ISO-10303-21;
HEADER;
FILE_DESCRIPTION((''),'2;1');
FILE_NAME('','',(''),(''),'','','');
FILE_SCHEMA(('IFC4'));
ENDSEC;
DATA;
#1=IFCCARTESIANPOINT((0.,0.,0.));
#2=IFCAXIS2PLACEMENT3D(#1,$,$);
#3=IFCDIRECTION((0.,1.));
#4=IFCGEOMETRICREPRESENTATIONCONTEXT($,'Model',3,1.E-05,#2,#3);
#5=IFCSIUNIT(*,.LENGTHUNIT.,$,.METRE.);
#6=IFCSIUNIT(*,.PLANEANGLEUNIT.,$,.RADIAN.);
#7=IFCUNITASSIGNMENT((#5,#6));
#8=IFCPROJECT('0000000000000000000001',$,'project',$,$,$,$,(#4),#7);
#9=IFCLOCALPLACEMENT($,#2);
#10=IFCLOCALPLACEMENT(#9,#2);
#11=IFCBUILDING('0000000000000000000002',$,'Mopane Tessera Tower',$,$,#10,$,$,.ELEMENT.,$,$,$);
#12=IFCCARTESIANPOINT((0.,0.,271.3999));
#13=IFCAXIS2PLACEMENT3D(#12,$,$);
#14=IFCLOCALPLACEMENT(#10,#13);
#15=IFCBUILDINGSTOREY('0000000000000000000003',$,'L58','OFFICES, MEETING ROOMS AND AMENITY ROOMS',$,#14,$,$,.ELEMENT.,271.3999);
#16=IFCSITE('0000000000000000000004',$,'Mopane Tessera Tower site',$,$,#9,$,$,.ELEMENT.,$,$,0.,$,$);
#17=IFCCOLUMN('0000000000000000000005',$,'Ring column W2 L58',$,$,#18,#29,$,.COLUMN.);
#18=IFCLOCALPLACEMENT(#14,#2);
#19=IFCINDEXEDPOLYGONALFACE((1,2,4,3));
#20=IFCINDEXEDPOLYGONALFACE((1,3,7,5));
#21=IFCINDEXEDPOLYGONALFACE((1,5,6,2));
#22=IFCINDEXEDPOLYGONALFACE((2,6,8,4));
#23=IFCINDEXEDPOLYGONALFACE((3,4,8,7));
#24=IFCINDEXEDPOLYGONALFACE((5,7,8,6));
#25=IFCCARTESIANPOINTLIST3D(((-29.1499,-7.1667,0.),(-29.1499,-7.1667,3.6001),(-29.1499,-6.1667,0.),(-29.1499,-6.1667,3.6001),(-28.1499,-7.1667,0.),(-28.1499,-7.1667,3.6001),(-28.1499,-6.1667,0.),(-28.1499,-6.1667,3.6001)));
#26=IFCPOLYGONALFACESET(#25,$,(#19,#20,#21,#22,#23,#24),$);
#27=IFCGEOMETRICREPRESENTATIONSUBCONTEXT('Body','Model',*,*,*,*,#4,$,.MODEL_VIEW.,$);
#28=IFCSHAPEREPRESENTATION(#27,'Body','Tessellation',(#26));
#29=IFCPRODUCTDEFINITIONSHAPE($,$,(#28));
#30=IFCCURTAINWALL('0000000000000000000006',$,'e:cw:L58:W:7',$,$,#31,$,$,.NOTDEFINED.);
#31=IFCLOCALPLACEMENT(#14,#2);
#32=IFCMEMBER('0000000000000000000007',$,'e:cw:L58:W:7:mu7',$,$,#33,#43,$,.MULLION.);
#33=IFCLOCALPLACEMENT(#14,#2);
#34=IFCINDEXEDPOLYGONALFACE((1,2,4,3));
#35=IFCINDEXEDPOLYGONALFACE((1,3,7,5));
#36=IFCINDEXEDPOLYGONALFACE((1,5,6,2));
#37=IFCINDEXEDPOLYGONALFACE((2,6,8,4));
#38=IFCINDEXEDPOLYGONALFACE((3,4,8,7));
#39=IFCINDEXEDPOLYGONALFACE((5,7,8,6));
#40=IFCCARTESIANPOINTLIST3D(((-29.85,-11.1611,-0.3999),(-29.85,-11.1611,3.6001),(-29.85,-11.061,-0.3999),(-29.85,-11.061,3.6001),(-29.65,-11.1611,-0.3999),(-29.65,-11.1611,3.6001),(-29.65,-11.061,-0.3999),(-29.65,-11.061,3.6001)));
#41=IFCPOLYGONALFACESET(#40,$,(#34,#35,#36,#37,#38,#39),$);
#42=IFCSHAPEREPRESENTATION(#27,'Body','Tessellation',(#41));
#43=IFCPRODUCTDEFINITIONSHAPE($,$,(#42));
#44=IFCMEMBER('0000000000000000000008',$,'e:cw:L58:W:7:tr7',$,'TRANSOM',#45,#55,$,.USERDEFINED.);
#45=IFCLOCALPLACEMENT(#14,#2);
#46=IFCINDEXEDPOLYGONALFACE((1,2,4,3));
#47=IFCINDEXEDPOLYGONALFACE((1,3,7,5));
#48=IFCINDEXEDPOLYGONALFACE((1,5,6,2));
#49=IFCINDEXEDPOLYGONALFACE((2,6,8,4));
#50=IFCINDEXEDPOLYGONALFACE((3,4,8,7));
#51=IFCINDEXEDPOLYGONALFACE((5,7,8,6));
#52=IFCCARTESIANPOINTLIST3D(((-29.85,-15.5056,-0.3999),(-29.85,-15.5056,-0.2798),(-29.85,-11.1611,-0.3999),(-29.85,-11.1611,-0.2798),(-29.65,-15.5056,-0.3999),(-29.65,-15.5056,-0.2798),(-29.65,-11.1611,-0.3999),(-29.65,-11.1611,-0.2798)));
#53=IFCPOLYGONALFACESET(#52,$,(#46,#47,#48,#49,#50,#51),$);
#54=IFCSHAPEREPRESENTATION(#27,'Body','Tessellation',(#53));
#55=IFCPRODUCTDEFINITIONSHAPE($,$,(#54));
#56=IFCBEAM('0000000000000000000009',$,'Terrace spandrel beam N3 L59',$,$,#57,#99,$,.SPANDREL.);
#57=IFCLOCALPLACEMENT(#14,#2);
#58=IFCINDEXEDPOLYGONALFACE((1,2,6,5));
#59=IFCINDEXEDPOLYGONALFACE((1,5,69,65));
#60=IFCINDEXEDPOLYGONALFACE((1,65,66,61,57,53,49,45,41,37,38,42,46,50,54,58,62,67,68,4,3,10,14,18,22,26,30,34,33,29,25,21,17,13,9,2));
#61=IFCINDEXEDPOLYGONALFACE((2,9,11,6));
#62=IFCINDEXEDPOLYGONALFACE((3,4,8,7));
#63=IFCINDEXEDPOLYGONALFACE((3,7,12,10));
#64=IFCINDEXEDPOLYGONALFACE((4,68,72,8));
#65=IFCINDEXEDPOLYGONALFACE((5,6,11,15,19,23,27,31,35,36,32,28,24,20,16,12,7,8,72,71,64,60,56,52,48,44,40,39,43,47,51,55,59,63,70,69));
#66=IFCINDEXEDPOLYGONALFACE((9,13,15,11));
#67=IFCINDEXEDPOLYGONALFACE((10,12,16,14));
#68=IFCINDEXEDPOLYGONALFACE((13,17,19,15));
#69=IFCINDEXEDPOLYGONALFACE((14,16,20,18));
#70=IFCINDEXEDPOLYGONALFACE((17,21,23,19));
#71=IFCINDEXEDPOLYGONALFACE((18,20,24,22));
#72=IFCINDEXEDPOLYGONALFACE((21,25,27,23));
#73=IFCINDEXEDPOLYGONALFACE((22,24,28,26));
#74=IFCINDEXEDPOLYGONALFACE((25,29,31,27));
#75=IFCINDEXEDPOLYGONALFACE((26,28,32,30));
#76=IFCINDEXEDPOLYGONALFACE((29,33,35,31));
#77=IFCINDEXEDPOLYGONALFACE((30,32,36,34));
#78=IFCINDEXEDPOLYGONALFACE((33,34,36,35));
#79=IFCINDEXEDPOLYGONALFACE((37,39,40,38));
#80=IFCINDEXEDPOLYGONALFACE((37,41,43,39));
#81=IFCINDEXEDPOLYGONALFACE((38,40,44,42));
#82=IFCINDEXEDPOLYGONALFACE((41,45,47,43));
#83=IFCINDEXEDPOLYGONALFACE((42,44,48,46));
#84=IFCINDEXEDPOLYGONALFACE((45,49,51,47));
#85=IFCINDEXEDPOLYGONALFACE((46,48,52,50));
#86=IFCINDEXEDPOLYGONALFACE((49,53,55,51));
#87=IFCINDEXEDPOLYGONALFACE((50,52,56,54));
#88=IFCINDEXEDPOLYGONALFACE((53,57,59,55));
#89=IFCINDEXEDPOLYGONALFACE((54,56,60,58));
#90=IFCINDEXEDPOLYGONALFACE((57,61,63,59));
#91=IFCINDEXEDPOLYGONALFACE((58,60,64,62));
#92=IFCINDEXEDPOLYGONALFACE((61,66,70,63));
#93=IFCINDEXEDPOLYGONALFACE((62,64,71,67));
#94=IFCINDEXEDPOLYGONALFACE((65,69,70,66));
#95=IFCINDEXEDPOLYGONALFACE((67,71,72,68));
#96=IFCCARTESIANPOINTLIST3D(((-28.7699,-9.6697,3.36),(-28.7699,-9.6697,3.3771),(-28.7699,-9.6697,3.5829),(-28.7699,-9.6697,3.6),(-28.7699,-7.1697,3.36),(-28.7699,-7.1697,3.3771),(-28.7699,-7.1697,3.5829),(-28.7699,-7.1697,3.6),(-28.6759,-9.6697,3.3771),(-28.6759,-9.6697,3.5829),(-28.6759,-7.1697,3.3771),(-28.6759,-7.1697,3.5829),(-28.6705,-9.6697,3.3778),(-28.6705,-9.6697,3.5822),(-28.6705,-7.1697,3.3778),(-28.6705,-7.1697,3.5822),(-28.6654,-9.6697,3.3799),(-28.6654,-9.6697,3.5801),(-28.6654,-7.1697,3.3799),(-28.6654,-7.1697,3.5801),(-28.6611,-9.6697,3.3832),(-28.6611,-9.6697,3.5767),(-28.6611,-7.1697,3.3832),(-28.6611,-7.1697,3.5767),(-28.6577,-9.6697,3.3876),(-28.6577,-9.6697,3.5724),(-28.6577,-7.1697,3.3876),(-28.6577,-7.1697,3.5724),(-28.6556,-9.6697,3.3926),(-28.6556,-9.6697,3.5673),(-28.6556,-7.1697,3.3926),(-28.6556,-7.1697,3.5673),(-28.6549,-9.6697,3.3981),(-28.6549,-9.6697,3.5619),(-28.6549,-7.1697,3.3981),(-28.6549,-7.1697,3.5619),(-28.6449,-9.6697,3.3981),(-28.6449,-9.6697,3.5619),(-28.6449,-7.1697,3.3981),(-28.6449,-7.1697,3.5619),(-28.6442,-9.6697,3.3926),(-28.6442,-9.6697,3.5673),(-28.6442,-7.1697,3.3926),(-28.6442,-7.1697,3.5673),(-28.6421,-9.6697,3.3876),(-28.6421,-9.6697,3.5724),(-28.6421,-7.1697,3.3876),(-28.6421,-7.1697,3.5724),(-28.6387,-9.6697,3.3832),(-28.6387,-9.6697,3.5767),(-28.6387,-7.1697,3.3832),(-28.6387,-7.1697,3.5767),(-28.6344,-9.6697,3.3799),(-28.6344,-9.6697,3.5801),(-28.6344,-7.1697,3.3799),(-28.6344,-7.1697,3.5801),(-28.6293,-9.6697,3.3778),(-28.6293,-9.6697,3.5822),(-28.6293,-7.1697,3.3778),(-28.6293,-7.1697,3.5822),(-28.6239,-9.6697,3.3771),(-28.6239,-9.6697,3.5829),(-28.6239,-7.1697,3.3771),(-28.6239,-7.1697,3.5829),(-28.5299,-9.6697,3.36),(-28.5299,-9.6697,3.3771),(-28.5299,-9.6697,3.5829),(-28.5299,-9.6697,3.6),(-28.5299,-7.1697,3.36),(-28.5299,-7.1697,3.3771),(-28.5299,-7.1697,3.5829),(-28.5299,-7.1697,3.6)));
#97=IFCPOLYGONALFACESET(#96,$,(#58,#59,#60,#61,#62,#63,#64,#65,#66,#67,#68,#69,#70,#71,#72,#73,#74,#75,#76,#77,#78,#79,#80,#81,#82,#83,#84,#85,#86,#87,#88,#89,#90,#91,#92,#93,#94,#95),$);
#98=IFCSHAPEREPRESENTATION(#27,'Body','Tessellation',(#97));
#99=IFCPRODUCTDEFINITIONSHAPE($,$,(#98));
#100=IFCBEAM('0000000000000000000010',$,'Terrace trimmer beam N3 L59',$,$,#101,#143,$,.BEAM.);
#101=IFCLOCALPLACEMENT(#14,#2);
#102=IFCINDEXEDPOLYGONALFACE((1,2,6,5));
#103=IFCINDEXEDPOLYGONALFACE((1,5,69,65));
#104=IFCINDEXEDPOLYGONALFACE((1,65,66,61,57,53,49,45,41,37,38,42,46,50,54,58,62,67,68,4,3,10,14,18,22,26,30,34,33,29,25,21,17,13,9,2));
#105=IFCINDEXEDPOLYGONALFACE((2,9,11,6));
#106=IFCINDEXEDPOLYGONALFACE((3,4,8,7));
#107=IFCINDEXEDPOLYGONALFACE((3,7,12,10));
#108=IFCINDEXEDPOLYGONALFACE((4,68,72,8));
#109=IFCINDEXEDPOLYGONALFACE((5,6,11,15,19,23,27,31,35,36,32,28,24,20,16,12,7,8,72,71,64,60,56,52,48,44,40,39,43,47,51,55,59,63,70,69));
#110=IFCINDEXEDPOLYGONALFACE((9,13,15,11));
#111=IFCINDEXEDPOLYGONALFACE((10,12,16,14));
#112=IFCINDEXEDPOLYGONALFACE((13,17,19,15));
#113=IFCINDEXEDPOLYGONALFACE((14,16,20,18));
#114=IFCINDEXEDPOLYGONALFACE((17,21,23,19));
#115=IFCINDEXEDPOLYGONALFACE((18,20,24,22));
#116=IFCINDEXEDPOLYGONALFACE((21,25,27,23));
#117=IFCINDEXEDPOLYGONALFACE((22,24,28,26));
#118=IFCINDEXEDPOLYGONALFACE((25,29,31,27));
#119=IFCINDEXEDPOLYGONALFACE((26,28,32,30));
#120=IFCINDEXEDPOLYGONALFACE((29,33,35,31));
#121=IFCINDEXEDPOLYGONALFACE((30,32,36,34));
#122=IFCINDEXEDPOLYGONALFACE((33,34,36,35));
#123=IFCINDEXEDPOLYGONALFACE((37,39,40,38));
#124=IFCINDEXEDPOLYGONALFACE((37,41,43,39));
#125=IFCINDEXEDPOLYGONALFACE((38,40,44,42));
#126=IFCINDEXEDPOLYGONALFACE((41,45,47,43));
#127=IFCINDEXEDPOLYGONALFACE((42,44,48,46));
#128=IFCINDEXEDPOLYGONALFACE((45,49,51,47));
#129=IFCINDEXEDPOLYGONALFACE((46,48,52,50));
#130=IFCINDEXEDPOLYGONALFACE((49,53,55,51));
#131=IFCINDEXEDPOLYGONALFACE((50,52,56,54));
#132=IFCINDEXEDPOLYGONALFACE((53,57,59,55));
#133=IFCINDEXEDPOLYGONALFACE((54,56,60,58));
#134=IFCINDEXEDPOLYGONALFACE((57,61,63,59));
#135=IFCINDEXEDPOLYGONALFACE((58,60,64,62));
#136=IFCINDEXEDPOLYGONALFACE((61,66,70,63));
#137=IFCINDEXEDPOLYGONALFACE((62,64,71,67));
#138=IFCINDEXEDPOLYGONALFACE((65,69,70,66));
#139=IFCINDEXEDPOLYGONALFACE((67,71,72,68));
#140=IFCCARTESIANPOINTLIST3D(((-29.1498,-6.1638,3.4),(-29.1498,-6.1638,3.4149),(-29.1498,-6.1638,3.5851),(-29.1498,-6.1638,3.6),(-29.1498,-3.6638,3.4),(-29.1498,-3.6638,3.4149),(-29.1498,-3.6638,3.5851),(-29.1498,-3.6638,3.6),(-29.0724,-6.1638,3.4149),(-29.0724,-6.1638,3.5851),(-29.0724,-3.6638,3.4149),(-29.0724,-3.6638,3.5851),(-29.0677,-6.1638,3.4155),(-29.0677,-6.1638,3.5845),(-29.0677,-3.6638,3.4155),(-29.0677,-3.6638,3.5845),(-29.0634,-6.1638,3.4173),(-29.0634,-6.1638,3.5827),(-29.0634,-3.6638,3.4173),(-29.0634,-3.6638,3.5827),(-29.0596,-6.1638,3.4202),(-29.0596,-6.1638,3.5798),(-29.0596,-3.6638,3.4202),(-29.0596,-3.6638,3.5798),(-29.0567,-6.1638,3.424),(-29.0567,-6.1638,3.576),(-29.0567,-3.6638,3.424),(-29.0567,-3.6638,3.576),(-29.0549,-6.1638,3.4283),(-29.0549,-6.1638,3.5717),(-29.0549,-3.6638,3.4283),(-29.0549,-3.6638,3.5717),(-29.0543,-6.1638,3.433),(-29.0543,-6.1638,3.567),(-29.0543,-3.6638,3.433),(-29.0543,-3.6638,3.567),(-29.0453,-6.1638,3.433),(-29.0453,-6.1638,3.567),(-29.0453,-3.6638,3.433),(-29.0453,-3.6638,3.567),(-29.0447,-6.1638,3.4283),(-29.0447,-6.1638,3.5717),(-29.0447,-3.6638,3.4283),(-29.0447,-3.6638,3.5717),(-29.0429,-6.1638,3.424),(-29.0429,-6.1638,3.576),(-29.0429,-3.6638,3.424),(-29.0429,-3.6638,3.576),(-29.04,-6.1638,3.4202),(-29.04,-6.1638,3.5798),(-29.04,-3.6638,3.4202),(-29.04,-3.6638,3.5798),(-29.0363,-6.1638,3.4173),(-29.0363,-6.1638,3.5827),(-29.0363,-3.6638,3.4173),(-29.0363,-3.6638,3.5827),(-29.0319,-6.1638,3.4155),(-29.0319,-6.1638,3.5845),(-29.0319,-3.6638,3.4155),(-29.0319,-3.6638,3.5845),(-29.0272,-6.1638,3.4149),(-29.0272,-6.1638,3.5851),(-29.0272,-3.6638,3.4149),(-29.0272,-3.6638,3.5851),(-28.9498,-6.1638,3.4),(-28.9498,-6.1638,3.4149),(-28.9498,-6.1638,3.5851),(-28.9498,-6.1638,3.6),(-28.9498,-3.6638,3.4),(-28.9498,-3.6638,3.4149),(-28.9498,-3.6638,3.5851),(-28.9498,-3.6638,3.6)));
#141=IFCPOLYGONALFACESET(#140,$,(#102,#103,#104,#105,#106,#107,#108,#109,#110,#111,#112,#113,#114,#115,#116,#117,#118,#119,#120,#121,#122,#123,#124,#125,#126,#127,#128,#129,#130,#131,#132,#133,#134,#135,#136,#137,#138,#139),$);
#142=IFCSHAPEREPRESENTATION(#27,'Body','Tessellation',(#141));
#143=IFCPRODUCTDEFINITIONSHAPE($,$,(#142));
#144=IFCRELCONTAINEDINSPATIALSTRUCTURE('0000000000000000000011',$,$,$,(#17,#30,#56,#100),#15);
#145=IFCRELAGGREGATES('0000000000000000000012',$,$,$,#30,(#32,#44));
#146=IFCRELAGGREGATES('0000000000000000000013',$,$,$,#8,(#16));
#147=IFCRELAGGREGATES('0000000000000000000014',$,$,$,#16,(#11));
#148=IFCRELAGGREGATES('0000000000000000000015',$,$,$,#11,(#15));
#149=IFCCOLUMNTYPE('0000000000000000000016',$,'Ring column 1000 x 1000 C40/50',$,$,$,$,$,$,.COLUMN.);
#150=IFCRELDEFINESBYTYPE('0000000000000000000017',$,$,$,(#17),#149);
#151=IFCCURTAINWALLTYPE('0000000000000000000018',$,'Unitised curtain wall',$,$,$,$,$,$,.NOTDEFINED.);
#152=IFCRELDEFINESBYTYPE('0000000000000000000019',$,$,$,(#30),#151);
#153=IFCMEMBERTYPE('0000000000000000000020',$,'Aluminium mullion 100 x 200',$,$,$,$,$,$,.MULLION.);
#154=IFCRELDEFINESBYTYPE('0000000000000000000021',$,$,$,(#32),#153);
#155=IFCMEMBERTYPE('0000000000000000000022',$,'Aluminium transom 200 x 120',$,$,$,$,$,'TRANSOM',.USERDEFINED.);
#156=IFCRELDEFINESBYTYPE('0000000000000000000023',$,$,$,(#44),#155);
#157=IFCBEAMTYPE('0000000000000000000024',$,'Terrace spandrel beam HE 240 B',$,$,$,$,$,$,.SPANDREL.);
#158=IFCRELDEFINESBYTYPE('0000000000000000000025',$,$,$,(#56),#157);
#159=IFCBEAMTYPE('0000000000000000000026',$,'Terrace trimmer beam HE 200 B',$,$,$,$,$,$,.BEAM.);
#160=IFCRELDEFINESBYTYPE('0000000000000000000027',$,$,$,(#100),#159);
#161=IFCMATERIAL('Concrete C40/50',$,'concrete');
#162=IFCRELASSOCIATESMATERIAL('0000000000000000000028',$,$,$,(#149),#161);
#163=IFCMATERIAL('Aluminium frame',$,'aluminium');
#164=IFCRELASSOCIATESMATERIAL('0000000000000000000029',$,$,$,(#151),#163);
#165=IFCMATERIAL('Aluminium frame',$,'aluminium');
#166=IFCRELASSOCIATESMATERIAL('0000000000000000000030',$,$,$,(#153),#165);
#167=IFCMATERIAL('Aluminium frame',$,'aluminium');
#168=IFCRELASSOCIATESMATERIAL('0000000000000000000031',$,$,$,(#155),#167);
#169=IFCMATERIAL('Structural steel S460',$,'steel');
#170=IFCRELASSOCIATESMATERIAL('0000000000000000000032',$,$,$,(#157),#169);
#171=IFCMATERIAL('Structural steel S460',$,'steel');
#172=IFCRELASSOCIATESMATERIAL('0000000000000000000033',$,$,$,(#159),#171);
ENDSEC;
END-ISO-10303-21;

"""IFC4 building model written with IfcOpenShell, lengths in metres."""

from ifc_helpers import new_model, si_unit, direction, frame, origin, origin_2d, place, context, subcontext, project, spatial, rectangle, i_section, extrude, material, material_profile, profile_set, type_object, element, aggregate, save


model = new_model("IFC4")

# Units and contexts
model_context = context("Model", 3, precision=1e-05, world=origin(), true_north=direction((0.0, 1.0)))
body_context = subcontext(model_context, "Body", "Model", "MODEL_VIEW")
ifc_project = project(units=[si_unit("LENGTHUNIT", "METRE"), si_unit("PLANEANGLEUNIT", "RADIAN")], contexts=[model_context])

# Site, building, storey
site_placement = place(None, origin())
site = spatial("IfcSite", under=ifc_project, at=site_placement, Name="Mopane Tessera Tower site", CompositionType="ELEMENT", RefElevation=0.0)
building_placement = place(site_placement, origin())
building = spatial("IfcBuilding", under=site, at=building_placement, Name="Mopane Tessera Tower", CompositionType="ELEMENT")
storey_placement = place(building_placement, frame((0.0, 0.0, 271.3999)))
storey = spatial("IfcBuildingStorey", under=building, at=storey_placement, Name="L58", Description="OFFICES, MEETING ROOMS AND AMENITY ROOMS", CompositionType="ELEMENT", Elevation=271.3999)

# Column
ifc_material_1 = material(Name="Concrete C40/50", Category="concrete")
ifc_material_profile_1 = material_profile(ifc_material_1, rectangle(XDim=1.0, YDim=1.0, at=origin_2d()))
ifc_profile_set_1 = profile_set([ifc_material_profile_1], Name="Concrete C40/50")
column_type = type_object("IfcColumnType", Name="Ring column 1000 x 1000 C40/50", PredefinedType="COLUMN", material=ifc_profile_set_1)
column_placement = place(storey_placement, frame((-28.6499, -6.6667, 0.0), z_axis=(0.0, 0.0, 1.0), x_axis=(1.0, 0.0, 0.0)))
element("IfcColumn", 1, at=column_placement, inside=storey, type_object=column_type, Name="Ring column W2 L58", PredefinedType="COLUMN", context=body_context, shape_type="SweptSolid", body=[
    extrude(rectangle(XDim=1.0, YDim=1.0, at=origin_2d()), origin(), (0.0, 0.0, 1.0), 3.6001),
])

# Curtain wall, members
ifc_material_2 = material(Name="Aluminium frame", Category="aluminium")
curtain_wall_type = type_object("IfcCurtainWallType", Name="Unitised curtain wall", PredefinedType="NOTDEFINED", material=ifc_material_2)
curtain_wall_placement = place(storey_placement, origin())
curtain_wall = element("IfcCurtainWall", 2, at=curtain_wall_placement, inside=storey, type_object=curtain_wall_type, Name="e:cw:L58:W:7", PredefinedType="NOTDEFINED")
ifc_material_3 = material(Name="Aluminium frame", Category="aluminium")
ifc_material_profile_2 = material_profile(ifc_material_3, rectangle(XDim=0.1001, YDim=0.2, at=origin_2d()))
ifc_profile_set_2 = profile_set([ifc_material_profile_2], Name="Aluminium frame")
member_type_1 = type_object("IfcMemberType", Name="Aluminium mullion 100 x 200", PredefinedType="MULLION", material=ifc_profile_set_2)
member_1_placement = place(storey_placement, frame((-29.75, -11.1111, -0.3999), z_axis=(0.0, 0.0, 1.0), x_axis=(0.0, -1.0, 0.0)))
member_1 = element("IfcMember", 3, at=member_1_placement, type_object=member_type_1, Name="e:cw:L58:W:7:mu7", PredefinedType="MULLION", context=body_context, shape_type="SweptSolid", body=[
    extrude(rectangle(XDim=0.1001, YDim=0.2, at=origin_2d()), origin(), (0.0, 0.0, 1.0), 4.0),
])
ifc_material_4 = material(Name="Aluminium frame", Category="aluminium")
ifc_material_profile_3 = material_profile(ifc_material_4, rectangle(XDim=0.2, YDim=0.1201, at=origin_2d()))
ifc_profile_set_3 = profile_set([ifc_material_profile_3], Name="Aluminium frame")
member_type_2 = type_object("IfcMemberType", Name="Aluminium transom 200 x 120", ElementType="TRANSOM", PredefinedType="USERDEFINED", material=ifc_profile_set_3)
member_2_placement = place(storey_placement, frame((-29.75, -11.1611, -0.3398), z_axis=(0.0, -1.0, 0.0), x_axis=(1.0, 0.0, 0.0)))
member_2 = element("IfcMember", 4, at=member_2_placement, type_object=member_type_2, Name="e:cw:L58:W:7:tr7", ObjectType="TRANSOM", PredefinedType="USERDEFINED", context=body_context, shape_type="SweptSolid", body=[
    extrude(rectangle(XDim=0.2, YDim=0.1201, at=origin_2d()), origin(), (0.0, 0.0, 1.0), 4.3445),
])
aggregate(curtain_wall, [member_1, member_2])

# Beams
ifc_material_5 = material(Name="Structural steel S460", Category="steel")
ifc_material_profile_4 = material_profile(ifc_material_5, i_section(OverallWidth=0.24, OverallDepth=0.24, WebThickness=0.01, FlangeThickness=0.0171, FilletRadius=0.021, at=origin_2d()))
ifc_profile_set_4 = profile_set([ifc_material_profile_4], Name="Structural steel S460")
beam_type_1 = type_object("IfcBeamType", Name="Terrace spandrel beam HE 240 B", PredefinedType="SPANDREL", material=ifc_profile_set_4)
beam_1_placement = place(storey_placement, frame((-28.6499, -7.1697, 3.48), z_axis=(0.0, -1.0, 0.0), x_axis=(1.0, 0.0, 0.0)))
element("IfcBeam", 5, at=beam_1_placement, inside=storey, type_object=beam_type_1, Name="Terrace spandrel beam N3 L59", PredefinedType="SPANDREL", context=body_context, shape_type="SweptSolid", body=[
    extrude(i_section(OverallWidth=0.24, OverallDepth=0.24, WebThickness=0.01, FlangeThickness=0.0171, FilletRadius=0.021, at=origin_2d()), origin(), (0.0, 0.0, 1.0), 2.5),
])
ifc_material_6 = material(Name="Structural steel S460", Category="steel")
ifc_material_profile_5 = material_profile(ifc_material_6, i_section(OverallWidth=0.2, OverallDepth=0.2, WebThickness=0.009, FlangeThickness=0.0149, FilletRadius=0.0181, at=origin_2d()))
ifc_profile_set_5 = profile_set([ifc_material_profile_5], Name="Structural steel S460")
beam_type_2 = type_object("IfcBeamType", Name="Terrace trimmer beam HE 200 B", PredefinedType="BEAM", material=ifc_profile_set_5)
beam_2_placement = place(storey_placement, frame((-29.0498, -6.1638, 3.5), z_axis=(0.0, 1.0, 0.0), x_axis=(-1.0, 0.0, 0.0)))
element("IfcBeam", 6, at=beam_2_placement, inside=storey, type_object=beam_type_2, Name="Terrace trimmer beam N3 L59", PredefinedType="BEAM", context=body_context, shape_type="SweptSolid", body=[
    extrude(i_section(OverallWidth=0.2, OverallDepth=0.2, WebThickness=0.009, FlangeThickness=0.0149, FilletRadius=0.0181, at=origin_2d()), origin(), (0.0, 0.0, 1.0), 2.5),
])

save(model, "model.ifc")
